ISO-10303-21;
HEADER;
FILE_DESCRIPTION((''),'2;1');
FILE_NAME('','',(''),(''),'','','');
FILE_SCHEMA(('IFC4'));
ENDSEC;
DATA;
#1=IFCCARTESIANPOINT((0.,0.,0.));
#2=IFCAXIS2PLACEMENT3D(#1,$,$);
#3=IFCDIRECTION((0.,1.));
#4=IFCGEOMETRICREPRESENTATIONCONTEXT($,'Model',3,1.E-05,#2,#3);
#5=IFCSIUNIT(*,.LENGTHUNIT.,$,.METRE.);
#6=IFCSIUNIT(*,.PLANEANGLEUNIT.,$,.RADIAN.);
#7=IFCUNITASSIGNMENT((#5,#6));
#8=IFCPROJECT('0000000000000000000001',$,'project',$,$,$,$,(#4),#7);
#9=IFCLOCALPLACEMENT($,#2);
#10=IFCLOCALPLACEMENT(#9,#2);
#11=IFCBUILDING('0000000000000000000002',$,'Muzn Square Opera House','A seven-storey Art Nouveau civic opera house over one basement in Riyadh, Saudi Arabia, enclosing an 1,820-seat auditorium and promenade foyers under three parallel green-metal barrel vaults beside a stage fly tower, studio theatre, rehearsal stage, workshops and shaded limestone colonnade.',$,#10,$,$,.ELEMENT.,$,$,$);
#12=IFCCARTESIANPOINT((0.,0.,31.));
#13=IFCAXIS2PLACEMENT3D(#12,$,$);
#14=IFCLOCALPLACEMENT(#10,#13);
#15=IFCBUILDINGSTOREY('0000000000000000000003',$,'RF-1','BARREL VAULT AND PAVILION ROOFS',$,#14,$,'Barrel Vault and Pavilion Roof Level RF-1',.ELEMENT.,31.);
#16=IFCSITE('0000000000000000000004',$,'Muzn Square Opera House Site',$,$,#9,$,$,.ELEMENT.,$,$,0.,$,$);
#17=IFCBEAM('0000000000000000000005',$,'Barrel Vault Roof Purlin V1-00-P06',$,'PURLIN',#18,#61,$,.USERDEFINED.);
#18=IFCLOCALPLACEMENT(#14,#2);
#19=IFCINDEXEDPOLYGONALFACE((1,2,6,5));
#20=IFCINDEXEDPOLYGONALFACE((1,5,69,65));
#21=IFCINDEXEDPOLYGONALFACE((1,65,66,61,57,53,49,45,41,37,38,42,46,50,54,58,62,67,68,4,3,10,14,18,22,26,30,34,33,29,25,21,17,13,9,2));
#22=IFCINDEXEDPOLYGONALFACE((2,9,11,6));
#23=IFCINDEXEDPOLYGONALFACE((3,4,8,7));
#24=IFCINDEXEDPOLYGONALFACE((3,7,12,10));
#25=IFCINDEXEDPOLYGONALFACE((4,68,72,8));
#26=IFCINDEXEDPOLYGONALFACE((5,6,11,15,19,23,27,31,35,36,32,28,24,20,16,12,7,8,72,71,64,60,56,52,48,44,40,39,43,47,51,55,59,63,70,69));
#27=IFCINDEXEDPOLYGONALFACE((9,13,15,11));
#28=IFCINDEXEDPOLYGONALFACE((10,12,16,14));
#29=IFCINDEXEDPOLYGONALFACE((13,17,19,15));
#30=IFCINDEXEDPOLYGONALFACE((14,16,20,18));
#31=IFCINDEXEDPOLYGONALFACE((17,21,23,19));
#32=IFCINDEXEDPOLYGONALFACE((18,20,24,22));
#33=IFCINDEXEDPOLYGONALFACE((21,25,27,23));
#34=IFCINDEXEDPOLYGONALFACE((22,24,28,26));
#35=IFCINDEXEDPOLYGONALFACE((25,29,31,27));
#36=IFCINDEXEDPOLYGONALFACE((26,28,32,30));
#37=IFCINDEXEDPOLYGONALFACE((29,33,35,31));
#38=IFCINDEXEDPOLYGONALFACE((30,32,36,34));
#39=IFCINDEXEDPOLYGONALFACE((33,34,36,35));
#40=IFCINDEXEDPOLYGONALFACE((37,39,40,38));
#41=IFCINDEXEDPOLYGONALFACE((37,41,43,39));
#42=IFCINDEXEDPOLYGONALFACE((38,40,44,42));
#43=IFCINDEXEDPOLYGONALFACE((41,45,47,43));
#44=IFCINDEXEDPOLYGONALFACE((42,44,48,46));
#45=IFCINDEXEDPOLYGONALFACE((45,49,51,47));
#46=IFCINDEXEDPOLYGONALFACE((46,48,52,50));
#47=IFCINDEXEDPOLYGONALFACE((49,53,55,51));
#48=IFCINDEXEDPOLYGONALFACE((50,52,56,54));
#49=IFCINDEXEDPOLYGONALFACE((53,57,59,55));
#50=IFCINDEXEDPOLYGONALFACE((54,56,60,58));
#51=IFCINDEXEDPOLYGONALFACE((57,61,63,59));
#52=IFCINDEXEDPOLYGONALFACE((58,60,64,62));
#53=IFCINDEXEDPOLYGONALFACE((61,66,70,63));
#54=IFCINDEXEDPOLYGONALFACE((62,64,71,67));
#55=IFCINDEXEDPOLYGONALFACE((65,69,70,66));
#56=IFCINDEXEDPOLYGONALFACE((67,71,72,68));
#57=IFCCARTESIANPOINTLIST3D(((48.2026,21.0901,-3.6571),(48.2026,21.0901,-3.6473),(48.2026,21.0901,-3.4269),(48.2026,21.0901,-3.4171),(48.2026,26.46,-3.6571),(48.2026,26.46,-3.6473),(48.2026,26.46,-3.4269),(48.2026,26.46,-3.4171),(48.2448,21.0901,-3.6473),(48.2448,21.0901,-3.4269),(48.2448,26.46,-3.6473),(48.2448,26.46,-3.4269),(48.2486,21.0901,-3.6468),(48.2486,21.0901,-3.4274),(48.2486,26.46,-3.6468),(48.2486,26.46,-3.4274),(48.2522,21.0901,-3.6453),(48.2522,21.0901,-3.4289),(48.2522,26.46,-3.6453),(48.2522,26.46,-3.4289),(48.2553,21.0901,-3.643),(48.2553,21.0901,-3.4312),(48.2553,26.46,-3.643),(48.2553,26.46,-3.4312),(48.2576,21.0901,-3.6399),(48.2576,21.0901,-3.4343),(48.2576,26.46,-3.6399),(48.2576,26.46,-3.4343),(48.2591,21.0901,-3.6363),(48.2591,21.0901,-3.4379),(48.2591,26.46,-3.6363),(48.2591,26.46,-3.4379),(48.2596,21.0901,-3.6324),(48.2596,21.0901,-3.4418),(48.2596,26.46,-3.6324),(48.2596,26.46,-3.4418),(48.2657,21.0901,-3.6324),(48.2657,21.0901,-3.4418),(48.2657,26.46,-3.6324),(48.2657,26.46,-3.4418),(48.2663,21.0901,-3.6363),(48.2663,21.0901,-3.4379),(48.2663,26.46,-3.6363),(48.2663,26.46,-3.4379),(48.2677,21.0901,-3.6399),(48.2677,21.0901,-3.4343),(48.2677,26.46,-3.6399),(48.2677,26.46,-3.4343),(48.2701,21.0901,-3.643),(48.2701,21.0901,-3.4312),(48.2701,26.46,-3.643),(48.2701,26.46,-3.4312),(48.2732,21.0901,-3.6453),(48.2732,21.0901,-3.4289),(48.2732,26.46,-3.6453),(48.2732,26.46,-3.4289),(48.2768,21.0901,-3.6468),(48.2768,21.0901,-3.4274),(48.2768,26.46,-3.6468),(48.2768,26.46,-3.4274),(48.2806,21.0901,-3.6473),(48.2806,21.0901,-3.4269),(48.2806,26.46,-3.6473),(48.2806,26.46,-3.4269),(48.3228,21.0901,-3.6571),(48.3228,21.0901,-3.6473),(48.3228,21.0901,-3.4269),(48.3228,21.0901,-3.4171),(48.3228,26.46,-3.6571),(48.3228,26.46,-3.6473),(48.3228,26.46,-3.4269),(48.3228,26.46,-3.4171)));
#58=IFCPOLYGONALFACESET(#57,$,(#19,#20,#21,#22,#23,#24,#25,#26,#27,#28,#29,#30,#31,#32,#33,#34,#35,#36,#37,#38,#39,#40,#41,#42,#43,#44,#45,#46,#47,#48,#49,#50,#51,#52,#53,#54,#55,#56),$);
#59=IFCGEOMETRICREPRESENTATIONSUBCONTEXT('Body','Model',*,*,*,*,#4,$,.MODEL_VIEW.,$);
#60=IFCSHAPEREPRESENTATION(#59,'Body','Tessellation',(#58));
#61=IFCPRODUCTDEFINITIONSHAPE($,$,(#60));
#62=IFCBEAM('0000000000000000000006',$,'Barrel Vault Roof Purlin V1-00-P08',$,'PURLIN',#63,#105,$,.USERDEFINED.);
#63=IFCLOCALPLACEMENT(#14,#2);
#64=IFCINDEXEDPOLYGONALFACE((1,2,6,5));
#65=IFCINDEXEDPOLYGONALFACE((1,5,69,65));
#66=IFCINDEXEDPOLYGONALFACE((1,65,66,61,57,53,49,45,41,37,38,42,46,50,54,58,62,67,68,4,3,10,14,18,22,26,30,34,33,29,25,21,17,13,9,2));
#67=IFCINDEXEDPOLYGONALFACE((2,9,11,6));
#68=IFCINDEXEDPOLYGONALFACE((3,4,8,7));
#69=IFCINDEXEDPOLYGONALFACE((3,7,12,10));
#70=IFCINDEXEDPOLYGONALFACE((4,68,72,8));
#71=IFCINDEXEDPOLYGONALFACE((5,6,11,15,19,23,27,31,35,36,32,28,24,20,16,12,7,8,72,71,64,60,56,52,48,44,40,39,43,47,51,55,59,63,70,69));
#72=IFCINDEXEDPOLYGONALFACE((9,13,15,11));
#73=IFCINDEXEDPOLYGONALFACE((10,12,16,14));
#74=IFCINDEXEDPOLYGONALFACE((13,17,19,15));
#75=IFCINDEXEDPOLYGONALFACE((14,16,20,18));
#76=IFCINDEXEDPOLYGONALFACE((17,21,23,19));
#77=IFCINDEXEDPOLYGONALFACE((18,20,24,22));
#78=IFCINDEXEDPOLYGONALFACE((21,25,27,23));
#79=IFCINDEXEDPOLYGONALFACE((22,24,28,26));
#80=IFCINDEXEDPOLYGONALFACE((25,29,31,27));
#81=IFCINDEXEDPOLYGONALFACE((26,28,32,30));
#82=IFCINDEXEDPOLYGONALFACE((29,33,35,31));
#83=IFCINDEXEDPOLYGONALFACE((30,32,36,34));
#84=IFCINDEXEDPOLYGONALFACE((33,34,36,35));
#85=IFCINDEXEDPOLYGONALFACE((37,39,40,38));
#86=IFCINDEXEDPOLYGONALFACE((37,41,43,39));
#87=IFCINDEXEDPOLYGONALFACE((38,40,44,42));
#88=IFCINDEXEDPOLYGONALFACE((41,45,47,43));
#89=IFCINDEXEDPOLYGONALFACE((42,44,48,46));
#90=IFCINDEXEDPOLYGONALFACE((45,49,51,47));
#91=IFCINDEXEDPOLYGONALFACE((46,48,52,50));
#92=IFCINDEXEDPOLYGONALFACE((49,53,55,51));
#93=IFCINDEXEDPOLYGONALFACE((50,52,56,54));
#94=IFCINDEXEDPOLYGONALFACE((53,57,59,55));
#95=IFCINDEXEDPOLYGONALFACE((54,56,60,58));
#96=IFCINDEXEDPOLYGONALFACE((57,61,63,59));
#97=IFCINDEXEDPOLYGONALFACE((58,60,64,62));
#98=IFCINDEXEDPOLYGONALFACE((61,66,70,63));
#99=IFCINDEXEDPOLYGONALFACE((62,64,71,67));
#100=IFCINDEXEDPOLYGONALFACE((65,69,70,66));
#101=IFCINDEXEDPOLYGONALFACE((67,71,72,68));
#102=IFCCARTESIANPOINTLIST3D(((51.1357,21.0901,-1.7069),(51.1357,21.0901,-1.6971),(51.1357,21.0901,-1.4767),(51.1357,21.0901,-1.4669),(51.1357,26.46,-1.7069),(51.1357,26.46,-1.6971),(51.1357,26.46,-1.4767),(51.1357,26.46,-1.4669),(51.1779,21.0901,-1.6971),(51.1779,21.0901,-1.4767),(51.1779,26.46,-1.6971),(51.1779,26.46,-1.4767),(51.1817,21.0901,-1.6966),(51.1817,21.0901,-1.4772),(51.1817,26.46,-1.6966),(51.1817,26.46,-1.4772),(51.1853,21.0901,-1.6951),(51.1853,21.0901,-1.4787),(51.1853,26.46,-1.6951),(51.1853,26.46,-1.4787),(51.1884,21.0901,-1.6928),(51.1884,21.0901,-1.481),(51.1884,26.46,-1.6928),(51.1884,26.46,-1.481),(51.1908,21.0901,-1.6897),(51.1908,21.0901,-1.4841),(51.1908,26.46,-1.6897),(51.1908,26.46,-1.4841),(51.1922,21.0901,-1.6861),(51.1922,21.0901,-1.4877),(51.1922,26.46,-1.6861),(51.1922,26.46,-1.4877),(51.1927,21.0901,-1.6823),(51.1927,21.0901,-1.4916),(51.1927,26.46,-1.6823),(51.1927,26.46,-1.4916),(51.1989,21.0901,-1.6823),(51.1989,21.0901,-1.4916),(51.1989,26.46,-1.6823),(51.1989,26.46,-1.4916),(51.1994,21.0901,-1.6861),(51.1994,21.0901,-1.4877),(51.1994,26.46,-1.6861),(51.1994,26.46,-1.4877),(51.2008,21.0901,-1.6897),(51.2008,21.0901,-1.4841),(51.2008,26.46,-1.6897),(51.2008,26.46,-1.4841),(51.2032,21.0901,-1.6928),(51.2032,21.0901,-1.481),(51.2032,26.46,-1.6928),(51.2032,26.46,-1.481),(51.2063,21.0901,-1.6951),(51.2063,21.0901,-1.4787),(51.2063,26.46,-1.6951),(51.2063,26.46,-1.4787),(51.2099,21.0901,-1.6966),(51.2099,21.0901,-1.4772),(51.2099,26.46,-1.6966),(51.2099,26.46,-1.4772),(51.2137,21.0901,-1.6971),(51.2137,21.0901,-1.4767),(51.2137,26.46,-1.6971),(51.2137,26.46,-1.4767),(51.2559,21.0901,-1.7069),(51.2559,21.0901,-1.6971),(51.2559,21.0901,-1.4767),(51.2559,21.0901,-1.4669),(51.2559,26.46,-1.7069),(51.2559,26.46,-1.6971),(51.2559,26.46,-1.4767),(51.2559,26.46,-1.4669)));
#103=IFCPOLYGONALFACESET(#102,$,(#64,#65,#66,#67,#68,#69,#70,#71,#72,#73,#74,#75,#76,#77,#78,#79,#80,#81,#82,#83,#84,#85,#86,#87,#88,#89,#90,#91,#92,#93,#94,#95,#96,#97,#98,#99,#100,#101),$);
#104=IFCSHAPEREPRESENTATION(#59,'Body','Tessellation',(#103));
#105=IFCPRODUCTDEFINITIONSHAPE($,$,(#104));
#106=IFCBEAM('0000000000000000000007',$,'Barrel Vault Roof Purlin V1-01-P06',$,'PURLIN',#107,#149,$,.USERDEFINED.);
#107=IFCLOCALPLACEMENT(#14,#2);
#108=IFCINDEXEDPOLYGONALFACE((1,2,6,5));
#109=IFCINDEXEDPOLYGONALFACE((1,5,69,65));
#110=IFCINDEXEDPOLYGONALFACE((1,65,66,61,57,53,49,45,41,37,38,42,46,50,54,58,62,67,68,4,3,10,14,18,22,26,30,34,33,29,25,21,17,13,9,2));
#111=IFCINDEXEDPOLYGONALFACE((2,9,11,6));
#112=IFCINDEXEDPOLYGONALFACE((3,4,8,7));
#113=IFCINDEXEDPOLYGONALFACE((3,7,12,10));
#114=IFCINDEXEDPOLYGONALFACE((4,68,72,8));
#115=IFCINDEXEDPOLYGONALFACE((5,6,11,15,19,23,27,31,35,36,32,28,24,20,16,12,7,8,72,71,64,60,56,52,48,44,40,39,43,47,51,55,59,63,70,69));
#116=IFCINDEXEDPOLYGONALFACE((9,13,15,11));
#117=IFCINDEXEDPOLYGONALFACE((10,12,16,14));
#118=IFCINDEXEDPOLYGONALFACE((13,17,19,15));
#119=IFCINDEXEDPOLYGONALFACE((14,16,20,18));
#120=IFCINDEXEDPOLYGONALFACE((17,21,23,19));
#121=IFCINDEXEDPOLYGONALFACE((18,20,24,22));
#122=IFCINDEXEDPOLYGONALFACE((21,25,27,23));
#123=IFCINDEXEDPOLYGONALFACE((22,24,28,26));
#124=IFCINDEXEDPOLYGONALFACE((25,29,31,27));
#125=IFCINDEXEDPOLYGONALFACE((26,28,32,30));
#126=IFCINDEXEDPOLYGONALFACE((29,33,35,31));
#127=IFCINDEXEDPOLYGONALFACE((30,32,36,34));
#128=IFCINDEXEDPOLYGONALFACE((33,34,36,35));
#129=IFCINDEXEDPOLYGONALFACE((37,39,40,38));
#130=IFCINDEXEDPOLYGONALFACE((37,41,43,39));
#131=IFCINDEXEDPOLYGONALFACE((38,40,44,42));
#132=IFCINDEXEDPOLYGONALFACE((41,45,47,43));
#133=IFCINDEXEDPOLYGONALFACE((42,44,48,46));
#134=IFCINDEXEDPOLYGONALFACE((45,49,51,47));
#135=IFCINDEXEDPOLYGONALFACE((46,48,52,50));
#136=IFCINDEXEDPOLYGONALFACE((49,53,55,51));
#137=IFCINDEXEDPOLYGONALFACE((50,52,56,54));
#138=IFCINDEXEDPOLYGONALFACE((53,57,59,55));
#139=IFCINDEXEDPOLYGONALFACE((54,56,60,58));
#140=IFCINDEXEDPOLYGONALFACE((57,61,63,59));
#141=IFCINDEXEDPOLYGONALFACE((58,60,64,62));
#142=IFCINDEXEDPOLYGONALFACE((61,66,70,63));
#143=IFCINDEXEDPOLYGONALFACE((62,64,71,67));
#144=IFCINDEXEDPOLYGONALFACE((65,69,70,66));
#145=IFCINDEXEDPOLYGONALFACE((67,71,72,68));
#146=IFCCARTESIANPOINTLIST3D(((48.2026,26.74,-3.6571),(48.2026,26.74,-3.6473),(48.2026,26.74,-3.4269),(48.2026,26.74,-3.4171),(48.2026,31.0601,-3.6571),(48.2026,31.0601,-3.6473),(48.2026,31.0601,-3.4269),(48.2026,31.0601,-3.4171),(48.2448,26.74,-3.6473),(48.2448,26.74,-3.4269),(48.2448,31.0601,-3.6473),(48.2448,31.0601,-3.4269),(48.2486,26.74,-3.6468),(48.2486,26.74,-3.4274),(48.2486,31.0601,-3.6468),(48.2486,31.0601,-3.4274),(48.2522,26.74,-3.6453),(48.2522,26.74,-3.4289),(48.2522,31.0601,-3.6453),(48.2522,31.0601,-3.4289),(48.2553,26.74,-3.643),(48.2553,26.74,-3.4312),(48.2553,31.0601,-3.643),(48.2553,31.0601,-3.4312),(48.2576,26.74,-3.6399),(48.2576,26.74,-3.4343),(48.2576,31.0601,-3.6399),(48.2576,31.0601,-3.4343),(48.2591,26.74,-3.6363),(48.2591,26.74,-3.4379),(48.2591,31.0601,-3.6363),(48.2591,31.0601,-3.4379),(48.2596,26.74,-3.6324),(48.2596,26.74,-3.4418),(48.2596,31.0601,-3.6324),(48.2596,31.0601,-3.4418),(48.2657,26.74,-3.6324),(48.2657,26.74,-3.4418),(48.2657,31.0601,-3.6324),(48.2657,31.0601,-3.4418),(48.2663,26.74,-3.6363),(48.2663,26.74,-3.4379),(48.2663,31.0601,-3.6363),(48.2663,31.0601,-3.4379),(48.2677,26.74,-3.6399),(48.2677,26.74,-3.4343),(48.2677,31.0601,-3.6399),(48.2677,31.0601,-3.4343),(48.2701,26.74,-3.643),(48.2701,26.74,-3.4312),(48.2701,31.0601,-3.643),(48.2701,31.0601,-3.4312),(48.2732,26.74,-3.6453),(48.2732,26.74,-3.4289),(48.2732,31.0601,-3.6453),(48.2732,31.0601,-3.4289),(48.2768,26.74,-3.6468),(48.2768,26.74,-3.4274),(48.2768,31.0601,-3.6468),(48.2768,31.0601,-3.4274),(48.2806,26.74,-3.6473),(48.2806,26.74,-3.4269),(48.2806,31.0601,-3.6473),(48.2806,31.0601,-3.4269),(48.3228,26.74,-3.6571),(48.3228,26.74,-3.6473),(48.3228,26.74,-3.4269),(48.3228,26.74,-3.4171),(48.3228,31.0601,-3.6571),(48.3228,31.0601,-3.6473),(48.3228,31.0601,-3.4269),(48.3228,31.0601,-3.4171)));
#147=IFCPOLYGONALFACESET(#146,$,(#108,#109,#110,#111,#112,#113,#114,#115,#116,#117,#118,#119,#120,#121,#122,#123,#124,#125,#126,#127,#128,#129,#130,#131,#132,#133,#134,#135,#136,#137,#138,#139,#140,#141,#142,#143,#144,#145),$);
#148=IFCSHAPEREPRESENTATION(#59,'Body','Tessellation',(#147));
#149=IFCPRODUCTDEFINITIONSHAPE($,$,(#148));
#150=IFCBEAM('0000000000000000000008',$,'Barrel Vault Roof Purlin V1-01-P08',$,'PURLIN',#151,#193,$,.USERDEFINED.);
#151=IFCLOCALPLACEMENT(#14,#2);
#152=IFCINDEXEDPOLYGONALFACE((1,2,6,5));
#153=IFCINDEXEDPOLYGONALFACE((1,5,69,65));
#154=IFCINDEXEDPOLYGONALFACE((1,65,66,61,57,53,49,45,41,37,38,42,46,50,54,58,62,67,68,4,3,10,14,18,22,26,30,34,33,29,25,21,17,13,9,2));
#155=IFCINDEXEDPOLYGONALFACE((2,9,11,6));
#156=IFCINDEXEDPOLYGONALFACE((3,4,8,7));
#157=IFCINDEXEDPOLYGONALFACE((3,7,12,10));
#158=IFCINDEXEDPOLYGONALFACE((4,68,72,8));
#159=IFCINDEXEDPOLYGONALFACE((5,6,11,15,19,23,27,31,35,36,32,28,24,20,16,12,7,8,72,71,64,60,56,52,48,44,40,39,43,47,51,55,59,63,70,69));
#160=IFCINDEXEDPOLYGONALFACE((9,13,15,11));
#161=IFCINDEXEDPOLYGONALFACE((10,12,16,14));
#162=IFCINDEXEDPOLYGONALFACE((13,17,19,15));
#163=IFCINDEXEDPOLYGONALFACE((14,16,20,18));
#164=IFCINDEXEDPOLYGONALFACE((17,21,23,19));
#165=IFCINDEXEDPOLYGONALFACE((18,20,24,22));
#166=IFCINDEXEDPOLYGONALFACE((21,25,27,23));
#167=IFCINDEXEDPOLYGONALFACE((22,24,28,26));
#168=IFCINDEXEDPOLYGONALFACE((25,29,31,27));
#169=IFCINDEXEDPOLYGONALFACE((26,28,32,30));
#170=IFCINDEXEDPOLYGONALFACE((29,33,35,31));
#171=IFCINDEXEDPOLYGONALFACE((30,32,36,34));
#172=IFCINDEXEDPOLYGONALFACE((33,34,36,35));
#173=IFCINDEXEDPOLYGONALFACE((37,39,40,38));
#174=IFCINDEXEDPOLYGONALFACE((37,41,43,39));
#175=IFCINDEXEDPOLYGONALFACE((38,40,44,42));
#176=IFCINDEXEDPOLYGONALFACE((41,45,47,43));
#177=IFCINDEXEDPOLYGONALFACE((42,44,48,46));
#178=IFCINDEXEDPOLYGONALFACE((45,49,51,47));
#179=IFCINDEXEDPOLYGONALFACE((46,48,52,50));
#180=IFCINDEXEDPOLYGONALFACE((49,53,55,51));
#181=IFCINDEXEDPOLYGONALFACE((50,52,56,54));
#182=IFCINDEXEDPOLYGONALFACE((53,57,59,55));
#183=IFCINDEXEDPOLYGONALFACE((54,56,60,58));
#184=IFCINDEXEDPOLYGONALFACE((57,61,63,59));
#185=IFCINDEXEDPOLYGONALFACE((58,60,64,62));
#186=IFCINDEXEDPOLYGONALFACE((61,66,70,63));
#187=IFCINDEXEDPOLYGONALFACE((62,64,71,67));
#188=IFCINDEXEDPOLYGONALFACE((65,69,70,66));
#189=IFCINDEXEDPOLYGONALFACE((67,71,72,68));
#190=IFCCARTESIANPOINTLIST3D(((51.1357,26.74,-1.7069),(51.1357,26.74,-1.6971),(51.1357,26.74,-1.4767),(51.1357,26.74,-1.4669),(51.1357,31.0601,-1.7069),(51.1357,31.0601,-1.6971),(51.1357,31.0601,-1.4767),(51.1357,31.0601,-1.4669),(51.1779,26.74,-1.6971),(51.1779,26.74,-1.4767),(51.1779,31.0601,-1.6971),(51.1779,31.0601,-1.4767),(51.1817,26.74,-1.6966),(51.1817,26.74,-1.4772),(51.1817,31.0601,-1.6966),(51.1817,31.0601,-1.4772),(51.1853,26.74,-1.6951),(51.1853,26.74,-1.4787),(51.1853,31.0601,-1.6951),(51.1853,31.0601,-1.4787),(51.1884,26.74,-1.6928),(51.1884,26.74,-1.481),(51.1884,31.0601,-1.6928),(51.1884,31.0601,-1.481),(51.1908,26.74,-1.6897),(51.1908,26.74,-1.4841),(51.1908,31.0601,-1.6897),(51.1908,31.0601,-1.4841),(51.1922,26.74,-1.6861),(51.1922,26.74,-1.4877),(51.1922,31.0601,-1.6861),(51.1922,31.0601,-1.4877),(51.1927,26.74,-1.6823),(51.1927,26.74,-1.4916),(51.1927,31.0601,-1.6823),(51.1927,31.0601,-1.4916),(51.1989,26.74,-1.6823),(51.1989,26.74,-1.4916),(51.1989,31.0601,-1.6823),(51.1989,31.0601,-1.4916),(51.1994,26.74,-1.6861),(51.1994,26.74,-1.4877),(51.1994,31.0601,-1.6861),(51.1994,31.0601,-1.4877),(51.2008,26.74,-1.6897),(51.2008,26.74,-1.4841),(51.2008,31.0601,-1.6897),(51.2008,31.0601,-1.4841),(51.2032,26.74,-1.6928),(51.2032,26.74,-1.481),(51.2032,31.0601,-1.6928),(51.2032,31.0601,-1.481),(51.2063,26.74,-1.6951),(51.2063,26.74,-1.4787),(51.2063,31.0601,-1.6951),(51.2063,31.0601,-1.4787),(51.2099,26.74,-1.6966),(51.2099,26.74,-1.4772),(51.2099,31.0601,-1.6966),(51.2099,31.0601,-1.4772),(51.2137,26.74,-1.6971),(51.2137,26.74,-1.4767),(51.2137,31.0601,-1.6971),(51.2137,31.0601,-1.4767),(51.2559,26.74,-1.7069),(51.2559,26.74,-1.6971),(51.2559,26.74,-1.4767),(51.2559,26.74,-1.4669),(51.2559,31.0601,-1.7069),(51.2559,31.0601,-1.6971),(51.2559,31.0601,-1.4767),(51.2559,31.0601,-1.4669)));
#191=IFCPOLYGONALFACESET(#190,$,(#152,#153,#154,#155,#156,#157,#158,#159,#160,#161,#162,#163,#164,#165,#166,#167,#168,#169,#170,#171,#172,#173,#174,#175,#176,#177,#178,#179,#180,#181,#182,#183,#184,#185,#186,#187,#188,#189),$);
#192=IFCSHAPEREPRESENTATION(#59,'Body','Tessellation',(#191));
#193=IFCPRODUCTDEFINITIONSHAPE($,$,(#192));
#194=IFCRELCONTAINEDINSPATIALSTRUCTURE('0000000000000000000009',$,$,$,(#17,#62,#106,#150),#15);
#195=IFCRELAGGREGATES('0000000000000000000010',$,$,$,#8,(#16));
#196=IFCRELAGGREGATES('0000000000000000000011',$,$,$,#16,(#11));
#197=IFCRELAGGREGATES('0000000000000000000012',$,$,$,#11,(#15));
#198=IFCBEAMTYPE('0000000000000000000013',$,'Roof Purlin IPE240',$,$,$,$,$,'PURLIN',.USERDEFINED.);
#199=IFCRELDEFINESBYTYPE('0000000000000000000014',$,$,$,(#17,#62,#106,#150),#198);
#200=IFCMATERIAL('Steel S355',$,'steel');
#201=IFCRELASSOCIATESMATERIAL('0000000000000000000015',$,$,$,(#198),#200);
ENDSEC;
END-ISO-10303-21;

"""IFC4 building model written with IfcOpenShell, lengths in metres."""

from ifc_helpers import new_model, si_unit, direction, frame, origin, origin_2d, place, context, subcontext, project, spatial, i_section, extrude, material, material_profile, profile_set, type_object, element, save


model = new_model("IFC4")

# Units and contexts
model_context = context("Model", 3, precision=1e-05, world=origin(), true_north=direction((0.0, 1.0)))
body_context = subcontext(model_context, "Body", "Model", "MODEL_VIEW")
ifc_project = project(units=[si_unit("LENGTHUNIT", "METRE"), si_unit("PLANEANGLEUNIT", "RADIAN")], contexts=[model_context])

# Site, building, storey
site_placement = place(None, origin())
site = spatial("IfcSite", under=ifc_project, at=site_placement, Name="Muzn Square Opera House Site", CompositionType="ELEMENT", RefElevation=0.0)
building_placement = place(site_placement, origin())
building = spatial("IfcBuilding", under=site, at=building_placement, Name="Muzn Square Opera House", Description="A seven-storey Art Nouveau civic opera house over one basement in Riyadh, Saudi Arabia, enclosing an 1,820-seat auditorium and promenade foyers under three parallel green-metal barrel vaults beside a stage fly tower, studio theatre, rehearsal stage, workshops and shaded limestone colonnade.", CompositionType="ELEMENT")
storey_placement = place(building_placement, frame((0.0, 0.0, 31.0)))
storey = spatial("IfcBuildingStorey", under=building, at=storey_placement, Name="RF-1", Description="BARREL VAULT AND PAVILION ROOFS", LongName="Barrel Vault and Pavilion Roof Level RF-1", CompositionType="ELEMENT", Elevation=31.0)

# Beams
ifc_material_1 = material(Name="Steel S355", Category="steel")
ifc_material_profile_1 = material_profile(ifc_material_1, i_section(OverallWidth=0.1201, OverallDepth=0.24, WebThickness=0.0061, FlangeThickness=0.0098, FilletRadius=0.0149, at=origin_2d()), Name="IPE 240", Category="steel")
ifc_profile_set_1 = profile_set([ifc_material_profile_1], Name="Steel S355")
beam_type_1 = type_object("IfcBeamType", Name="Roof Purlin IPE240", ElementType="PURLIN", PredefinedType="USERDEFINED", material=ifc_profile_set_1)
for number, where, z_axis, x_axis, name in (
    (1, (48.2627, 21.0901, -3.5371), (0.0, 1.0, 0.0), (-1.0, 0.0, 0.0), "Barrel Vault Roof Purlin V1-00-P06"),
    (2, (51.1958, 21.0901, -1.5869), (0.0, 1.0, 0.0), (-1.0, 0.0, 0.0), "Barrel Vault Roof Purlin V1-00-P08"),
):
    element("IfcBeam", number, at=place(storey_placement, frame(where, z_axis=z_axis, x_axis=x_axis)), inside=storey, type_object=beam_type_1, Name=name, ObjectType="PURLIN", PredefinedType="USERDEFINED", context=body_context, shape_type="SweptSolid", body=[
        extrude(i_section(OverallWidth=0.1201, OverallDepth=0.24, WebThickness=0.0061, FlangeThickness=0.0098, FilletRadius=0.0149, at=origin_2d()), origin(), (0.0, 0.0, 1.0), 5.3699),
    ])
for number, where, z_axis, x_axis, name in (
    (3, (48.2627, 26.74, -3.5371), (0.0, 1.0, 0.0), (-1.0, 0.0, 0.0), "Barrel Vault Roof Purlin V1-01-P06"),
    (4, (51.1958, 26.74, -1.5869), (0.0, 1.0, 0.0), (-1.0, 0.0, 0.0), "Barrel Vault Roof Purlin V1-01-P08"),
):
    element("IfcBeam", number, at=place(storey_placement, frame(where, z_axis=z_axis, x_axis=x_axis)), inside=storey, type_object=beam_type_1, Name=name, ObjectType="PURLIN", PredefinedType="USERDEFINED", context=body_context, shape_type="SweptSolid", body=[
        extrude(i_section(OverallWidth=0.1201, OverallDepth=0.24, WebThickness=0.0061, FlangeThickness=0.0098, FilletRadius=0.0149, at=origin_2d()), origin(), (0.0, 0.0, 1.0), 4.3201),
    ])

save(model, "model.ifc")
